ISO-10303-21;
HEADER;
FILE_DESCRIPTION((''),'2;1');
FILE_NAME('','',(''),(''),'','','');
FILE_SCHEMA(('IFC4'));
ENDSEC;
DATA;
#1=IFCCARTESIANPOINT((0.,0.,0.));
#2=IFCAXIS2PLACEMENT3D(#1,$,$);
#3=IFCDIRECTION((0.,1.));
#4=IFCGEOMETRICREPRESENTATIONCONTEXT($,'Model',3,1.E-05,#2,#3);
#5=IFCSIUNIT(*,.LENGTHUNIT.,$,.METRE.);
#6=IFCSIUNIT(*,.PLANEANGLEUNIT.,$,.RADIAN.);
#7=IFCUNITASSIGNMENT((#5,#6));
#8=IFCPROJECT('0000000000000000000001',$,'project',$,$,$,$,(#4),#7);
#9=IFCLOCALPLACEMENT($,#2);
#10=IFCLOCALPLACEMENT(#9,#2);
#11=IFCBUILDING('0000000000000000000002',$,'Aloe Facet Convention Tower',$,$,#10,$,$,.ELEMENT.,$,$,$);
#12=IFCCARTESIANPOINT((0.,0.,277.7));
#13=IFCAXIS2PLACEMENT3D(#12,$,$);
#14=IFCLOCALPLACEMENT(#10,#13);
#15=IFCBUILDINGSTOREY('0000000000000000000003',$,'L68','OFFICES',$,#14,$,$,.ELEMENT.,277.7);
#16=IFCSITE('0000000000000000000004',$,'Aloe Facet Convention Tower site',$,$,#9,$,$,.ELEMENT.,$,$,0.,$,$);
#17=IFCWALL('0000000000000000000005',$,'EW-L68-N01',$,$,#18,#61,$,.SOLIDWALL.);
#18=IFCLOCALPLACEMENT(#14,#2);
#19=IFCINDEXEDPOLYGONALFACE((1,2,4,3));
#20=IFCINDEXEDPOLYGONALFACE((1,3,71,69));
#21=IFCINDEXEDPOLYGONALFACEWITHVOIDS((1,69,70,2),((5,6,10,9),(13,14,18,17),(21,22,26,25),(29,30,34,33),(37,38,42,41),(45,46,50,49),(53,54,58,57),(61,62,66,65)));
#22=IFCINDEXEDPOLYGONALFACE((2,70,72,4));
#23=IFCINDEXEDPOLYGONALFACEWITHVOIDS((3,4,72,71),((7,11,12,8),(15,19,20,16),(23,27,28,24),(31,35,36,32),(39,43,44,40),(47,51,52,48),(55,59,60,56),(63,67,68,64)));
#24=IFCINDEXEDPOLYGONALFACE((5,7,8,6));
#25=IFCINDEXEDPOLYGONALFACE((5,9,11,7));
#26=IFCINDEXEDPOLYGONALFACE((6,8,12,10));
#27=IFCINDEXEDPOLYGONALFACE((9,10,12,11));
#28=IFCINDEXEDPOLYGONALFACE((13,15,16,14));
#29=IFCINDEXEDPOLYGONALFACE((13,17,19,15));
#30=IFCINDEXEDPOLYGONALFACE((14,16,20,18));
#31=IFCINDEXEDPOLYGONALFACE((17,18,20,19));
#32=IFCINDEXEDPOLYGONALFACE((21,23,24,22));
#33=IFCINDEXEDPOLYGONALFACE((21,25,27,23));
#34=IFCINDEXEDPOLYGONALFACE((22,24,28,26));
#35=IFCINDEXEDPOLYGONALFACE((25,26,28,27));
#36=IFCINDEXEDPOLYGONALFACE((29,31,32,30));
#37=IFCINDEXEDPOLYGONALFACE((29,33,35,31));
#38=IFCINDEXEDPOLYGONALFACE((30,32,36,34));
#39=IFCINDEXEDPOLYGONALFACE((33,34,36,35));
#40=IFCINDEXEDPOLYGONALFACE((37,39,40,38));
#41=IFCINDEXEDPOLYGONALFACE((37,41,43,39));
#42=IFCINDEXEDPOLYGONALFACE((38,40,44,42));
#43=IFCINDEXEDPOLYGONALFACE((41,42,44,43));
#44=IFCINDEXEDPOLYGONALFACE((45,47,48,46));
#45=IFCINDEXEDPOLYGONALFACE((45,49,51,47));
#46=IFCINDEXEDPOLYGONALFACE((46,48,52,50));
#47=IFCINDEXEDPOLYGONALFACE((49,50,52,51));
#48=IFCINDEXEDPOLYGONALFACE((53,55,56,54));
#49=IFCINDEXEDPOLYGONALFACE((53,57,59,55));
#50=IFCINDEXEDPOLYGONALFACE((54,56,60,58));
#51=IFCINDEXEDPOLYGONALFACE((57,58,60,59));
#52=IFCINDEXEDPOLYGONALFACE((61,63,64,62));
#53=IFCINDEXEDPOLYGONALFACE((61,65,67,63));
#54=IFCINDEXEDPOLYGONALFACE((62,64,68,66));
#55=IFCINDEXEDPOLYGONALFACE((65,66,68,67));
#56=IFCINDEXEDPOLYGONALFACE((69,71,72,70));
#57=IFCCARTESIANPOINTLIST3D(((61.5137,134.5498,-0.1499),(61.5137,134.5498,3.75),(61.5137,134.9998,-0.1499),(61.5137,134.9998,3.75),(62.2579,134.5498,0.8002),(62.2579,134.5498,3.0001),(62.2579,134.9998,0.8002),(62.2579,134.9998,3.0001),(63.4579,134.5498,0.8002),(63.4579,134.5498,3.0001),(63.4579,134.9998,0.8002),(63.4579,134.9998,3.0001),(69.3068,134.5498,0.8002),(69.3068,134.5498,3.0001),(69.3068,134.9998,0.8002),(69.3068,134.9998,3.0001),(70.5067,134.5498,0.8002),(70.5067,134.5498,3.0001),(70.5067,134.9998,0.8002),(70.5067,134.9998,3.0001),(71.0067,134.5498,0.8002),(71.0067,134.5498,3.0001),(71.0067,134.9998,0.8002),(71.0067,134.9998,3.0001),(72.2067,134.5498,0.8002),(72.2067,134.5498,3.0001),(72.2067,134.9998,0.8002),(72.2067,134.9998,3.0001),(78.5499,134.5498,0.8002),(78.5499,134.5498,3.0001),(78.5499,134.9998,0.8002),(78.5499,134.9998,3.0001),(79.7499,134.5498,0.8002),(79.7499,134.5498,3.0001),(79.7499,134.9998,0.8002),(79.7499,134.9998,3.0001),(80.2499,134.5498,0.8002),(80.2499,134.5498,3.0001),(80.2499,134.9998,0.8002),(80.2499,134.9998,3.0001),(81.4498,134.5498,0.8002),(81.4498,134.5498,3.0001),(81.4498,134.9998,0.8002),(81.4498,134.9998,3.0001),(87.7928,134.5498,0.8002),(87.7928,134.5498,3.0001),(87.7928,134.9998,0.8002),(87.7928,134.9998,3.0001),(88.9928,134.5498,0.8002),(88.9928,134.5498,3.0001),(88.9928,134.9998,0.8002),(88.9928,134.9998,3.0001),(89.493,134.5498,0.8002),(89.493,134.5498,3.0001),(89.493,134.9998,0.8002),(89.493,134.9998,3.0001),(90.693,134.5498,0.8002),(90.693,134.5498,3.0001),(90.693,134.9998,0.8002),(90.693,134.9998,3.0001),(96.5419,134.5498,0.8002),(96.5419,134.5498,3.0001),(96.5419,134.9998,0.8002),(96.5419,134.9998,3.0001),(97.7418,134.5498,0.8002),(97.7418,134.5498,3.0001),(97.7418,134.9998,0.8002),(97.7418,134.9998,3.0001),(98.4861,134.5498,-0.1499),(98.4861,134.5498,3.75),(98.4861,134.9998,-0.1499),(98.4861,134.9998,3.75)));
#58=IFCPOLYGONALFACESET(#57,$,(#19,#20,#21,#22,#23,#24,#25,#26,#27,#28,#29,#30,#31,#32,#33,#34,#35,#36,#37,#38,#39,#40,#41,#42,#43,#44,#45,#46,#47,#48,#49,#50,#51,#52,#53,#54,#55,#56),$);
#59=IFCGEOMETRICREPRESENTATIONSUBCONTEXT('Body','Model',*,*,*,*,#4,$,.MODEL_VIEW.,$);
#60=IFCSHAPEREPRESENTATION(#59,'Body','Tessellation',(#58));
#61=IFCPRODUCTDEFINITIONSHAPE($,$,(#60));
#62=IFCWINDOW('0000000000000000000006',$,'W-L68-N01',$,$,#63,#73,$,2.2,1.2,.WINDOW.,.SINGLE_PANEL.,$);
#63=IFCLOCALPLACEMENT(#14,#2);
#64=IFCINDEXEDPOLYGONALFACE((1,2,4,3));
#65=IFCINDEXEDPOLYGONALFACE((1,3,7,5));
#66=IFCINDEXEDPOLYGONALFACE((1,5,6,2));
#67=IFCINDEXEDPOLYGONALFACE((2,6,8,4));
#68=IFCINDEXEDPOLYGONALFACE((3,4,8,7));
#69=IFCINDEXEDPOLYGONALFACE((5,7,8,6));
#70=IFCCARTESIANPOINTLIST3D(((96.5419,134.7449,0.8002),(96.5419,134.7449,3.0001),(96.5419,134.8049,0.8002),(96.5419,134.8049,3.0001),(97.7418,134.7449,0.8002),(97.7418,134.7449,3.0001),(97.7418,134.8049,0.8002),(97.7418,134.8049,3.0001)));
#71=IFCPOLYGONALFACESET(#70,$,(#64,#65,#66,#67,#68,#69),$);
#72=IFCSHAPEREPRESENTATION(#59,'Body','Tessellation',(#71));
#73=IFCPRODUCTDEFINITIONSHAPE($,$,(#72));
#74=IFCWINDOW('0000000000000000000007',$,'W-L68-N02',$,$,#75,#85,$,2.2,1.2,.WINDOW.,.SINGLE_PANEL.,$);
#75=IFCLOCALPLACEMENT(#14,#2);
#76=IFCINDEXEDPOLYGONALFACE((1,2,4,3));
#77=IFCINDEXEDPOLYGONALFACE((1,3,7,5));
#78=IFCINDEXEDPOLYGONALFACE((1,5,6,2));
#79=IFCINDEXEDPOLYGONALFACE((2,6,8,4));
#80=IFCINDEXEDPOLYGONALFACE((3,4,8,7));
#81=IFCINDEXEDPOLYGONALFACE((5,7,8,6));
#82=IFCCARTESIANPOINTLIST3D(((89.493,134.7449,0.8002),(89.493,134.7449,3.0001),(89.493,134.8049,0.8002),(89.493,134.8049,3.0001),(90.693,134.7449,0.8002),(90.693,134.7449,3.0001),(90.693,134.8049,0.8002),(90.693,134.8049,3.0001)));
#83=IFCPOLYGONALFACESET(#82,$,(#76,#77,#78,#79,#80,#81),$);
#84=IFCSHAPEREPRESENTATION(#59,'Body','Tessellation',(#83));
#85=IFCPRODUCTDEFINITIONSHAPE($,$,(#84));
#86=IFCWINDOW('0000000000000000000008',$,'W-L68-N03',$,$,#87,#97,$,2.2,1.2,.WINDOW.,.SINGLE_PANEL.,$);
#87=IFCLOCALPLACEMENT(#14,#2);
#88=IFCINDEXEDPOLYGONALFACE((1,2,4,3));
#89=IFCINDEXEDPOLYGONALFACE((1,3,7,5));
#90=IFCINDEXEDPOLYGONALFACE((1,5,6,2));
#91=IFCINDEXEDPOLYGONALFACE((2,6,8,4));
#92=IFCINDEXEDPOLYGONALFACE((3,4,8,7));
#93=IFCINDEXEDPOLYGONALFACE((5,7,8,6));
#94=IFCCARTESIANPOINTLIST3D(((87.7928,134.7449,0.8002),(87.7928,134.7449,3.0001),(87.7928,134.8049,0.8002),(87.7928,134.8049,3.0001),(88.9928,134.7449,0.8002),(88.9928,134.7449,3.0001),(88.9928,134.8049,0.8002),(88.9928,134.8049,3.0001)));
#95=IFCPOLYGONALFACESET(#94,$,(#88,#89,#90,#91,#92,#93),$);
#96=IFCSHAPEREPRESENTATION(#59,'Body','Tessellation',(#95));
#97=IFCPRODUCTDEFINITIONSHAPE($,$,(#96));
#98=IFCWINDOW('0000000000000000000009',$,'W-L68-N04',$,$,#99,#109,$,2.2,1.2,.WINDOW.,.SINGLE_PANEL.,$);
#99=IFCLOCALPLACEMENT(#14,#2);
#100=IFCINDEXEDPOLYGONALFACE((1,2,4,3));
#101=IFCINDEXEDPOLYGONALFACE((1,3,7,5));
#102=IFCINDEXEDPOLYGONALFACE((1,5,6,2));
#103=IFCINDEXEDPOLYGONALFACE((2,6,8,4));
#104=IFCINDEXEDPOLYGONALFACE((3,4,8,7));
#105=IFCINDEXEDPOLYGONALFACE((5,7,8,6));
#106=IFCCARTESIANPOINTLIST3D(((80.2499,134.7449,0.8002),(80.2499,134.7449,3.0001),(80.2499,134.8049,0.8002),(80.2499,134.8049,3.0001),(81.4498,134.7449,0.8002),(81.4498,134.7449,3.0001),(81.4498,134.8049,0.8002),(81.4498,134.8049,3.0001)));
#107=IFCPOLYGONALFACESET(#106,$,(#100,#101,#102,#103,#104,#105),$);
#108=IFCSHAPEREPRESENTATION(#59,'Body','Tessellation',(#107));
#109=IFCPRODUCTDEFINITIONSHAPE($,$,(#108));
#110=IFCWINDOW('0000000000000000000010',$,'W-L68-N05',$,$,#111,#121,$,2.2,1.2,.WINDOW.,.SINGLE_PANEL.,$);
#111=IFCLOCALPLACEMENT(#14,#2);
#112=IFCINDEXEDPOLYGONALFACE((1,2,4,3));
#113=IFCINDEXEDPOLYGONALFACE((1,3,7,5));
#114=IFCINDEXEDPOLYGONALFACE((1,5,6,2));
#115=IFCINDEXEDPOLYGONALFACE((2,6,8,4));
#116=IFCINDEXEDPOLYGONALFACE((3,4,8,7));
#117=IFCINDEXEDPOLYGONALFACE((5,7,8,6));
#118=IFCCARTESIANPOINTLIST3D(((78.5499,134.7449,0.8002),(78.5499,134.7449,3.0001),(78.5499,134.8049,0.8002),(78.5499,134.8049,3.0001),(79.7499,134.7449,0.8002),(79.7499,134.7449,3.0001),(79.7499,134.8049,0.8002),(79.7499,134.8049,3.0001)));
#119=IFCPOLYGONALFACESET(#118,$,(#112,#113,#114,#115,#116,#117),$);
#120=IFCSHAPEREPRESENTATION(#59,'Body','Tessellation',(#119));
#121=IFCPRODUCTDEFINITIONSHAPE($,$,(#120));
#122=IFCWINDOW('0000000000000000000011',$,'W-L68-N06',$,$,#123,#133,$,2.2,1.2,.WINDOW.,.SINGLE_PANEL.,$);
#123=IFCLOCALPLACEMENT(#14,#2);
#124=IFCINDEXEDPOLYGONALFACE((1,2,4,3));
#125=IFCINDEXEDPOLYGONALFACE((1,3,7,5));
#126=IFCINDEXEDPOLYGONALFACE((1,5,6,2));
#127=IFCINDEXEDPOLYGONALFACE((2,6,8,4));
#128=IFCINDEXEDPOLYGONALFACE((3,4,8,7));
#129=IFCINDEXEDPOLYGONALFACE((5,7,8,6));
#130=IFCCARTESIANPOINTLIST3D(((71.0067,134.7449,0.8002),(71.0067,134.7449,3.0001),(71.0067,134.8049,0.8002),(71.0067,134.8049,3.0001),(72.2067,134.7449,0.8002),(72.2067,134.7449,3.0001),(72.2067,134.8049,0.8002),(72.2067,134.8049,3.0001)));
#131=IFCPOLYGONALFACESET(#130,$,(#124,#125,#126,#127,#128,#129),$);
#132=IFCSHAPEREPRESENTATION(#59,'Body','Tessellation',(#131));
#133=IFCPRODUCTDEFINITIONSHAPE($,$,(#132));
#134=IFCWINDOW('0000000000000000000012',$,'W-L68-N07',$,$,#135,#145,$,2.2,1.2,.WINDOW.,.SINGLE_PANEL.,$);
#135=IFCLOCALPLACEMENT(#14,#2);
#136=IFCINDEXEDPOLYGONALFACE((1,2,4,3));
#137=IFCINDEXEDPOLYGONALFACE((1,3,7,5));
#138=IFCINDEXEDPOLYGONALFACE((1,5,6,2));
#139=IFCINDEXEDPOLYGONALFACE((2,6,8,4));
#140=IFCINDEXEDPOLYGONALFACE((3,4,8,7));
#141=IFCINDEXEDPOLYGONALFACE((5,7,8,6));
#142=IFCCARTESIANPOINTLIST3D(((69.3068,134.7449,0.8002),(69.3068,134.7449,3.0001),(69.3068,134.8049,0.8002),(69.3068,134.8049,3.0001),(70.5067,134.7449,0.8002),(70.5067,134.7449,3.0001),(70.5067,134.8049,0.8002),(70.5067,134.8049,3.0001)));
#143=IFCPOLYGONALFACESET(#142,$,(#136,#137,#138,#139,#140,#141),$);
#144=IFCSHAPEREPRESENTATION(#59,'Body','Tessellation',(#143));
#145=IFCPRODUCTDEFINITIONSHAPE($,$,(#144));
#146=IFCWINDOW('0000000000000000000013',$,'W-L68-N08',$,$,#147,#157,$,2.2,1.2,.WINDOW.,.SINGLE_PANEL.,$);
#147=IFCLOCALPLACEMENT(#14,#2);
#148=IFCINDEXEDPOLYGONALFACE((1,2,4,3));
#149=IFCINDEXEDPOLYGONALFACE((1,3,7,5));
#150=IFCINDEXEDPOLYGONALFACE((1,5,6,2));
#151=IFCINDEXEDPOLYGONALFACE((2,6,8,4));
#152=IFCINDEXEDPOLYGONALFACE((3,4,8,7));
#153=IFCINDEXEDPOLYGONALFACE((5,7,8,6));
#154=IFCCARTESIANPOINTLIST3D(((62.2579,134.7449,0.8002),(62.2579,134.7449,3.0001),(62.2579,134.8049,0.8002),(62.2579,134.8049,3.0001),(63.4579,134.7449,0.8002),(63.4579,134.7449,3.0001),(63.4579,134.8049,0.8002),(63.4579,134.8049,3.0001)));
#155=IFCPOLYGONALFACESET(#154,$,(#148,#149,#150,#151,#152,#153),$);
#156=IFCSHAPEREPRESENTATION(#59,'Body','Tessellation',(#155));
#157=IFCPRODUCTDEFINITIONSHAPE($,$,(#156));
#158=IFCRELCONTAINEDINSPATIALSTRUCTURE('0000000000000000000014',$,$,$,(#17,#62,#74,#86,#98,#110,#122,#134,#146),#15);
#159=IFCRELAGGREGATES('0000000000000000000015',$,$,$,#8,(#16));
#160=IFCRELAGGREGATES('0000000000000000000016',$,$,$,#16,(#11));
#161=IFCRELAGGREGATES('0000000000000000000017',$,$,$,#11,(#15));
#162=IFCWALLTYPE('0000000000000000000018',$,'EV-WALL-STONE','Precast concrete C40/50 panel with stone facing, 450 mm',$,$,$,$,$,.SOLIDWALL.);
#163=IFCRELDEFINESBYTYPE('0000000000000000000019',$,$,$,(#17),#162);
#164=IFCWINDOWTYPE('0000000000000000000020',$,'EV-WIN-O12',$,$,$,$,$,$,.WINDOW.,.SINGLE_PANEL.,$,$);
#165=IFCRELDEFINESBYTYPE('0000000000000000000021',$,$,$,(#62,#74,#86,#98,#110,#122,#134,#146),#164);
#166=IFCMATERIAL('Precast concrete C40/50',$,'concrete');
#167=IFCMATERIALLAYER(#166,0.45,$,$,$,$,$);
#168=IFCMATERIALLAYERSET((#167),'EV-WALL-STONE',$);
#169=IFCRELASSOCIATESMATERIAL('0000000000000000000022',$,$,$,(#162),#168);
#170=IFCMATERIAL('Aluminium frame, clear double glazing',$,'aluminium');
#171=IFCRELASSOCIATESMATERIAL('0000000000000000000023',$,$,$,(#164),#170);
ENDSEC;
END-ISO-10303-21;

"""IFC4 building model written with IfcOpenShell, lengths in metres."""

from ifc_helpers import new_model, si_unit, direction, frame, frame_2d, origin, place, context, subcontext, project, spatial, polyline, rectangle, outline, extrude, material, layer, layer_set, type_object, element, fill, save


model = new_model("IFC4")

# Units and contexts
model_context = context("Model", 3, precision=1e-05, world=origin(), true_north=direction((0.0, 1.0)))
body_context = subcontext(model_context, "Body", "Model", "MODEL_VIEW")
ifc_project = project(units=[si_unit("LENGTHUNIT", "METRE"), si_unit("PLANEANGLEUNIT", "RADIAN")], contexts=[model_context])

# Site, building, storey
site_placement = place(None, origin())
site = spatial("IfcSite", under=ifc_project, at=site_placement, Name="Aloe Facet Convention Tower site", CompositionType="ELEMENT", RefElevation=0.0)
building_placement = place(site_placement, origin())
building = spatial("IfcBuilding", under=site, at=building_placement, Name="Aloe Facet Convention Tower", CompositionType="ELEMENT")
storey_placement = place(building_placement, frame((0.0, 0.0, 277.7)))
storey = spatial("IfcBuildingStorey", under=building, at=storey_placement, Name="L68", Description="OFFICES", CompositionType="ELEMENT", Elevation=277.7)

# Wall, openings, windows
ifc_material_1 = material(Name="Precast concrete C40/50", Category="concrete")
ifc_layer_1 = layer(ifc_material_1, 0.45)
ifc_layer_set_1 = layer_set([ifc_layer_1], Name="EV-WALL-STONE")
wall_type_1 = type_object("IfcWallType", Name="EV-WALL-STONE", Description="Precast concrete C40/50 panel with stone facing, 450 mm", PredefinedType="SOLIDWALL", material=ifc_layer_set_1)
wall_1_placement = place(storey_placement, frame((98.4861, 134.7749, -0.1499), z_axis=(0.0, 0.0, 1.0), x_axis=(-1.0, 0.0, 0.0)))
wall_1 = element("IfcWall", 1, at=wall_1_placement, inside=storey, type_object=wall_type_1, Name="EW-L68-N01", PredefinedType="SOLIDWALL", context=body_context, shape_type="SweptSolid", body=[
    extrude(outline(polyline([(36.9724, 0.0), (36.9724, 3.8999), (0.0, 3.8999), (0.0, 0.0), (36.9724, 0.0)])), frame((0.0, 0.2251, 0.0), z_axis=(0.0, -1.0, 0.0), x_axis=(1.0, 0.0, 0.0)), (0.0, 0.0, 1.0), 0.45),
])
opening_1_placement = place(wall_1_placement, frame((0.7441, 0.0, 0.95)))
opening_1 = element("IfcOpeningElement", 2, at=opening_1_placement, cuts=wall_1, PredefinedType="OPENING", context=body_context, shape_type="SweptSolid", body=[
    extrude(rectangle(XDim=1.2, YDim=2.2, at=frame_2d((0.6001, 1.1001))), frame((0.0, 0.2349, 0.0), z_axis=(0.0, -1.0, 0.0), x_axis=(1.0, 0.0, 0.0)), (0.0, 0.0, 1.0), 0.47),
])
opening_2_placement = place(wall_1_placement, frame((7.793, 0.0, 0.95)))
opening_2 = element("IfcOpeningElement", 3, at=opening_2_placement, cuts=wall_1, PredefinedType="OPENING", context=body_context, shape_type="SweptSolid", body=[
    extrude(rectangle(XDim=1.2, YDim=2.2, at=frame_2d((0.6001, 1.1001))), frame((0.0, 0.2349, 0.0), z_axis=(0.0, -1.0, 0.0), x_axis=(1.0, 0.0, 0.0)), (0.0, 0.0, 1.0), 0.47),
])
opening_3_placement = place(wall_1_placement, frame((9.4932, 0.0, 0.95)))
opening_3 = element("IfcOpeningElement", 4, at=opening_3_placement, cuts=wall_1, PredefinedType="OPENING", context=body_context, shape_type="SweptSolid", body=[
    extrude(rectangle(XDim=1.2, YDim=2.2, at=frame_2d((0.6001, 1.1001))), frame((0.0, 0.2349, 0.0), z_axis=(0.0, -1.0, 0.0), x_axis=(1.0, 0.0, 0.0)), (0.0, 0.0, 1.0), 0.47),
])
opening_4_placement = place(wall_1_placement, frame((17.0361, 0.0, 0.95)))
opening_4 = element("IfcOpeningElement", 5, at=opening_4_placement, cuts=wall_1, PredefinedType="OPENING", context=body_context, shape_type="SweptSolid", body=[
    extrude(rectangle(XDim=1.2, YDim=2.2, at=frame_2d((0.6001, 1.1001))), frame((0.0, 0.2349, 0.0), z_axis=(0.0, -1.0, 0.0), x_axis=(1.0, 0.0, 0.0)), (0.0, 0.0, 1.0), 0.47),
])
opening_5_placement = place(wall_1_placement, frame((18.7361, 0.0, 0.95)))
opening_5 = element("IfcOpeningElement", 6, at=opening_5_placement, cuts=wall_1, PredefinedType="OPENING", context=body_context, shape_type="SweptSolid", body=[
    extrude(rectangle(XDim=1.2, YDim=2.2, at=frame_2d((0.6001, 1.1001))), frame((0.0, 0.2349, 0.0), z_axis=(0.0, -1.0, 0.0), x_axis=(1.0, 0.0, 0.0)), (0.0, 0.0, 1.0), 0.47),
])
opening_6_placement = place(wall_1_placement, frame((26.2793, 0.0, 0.95)))
opening_6 = element("IfcOpeningElement", 7, at=opening_6_placement, cuts=wall_1, PredefinedType="OPENING", context=body_context, shape_type="SweptSolid", body=[
    extrude(rectangle(XDim=1.2, YDim=2.2, at=frame_2d((0.6001, 1.1001))), frame((0.0, 0.2349, 0.0), z_axis=(0.0, -1.0, 0.0), x_axis=(1.0, 0.0, 0.0)), (0.0, 0.0, 1.0), 0.47),
])
opening_7_placement = place(wall_1_placement, frame((27.9792, 0.0, 0.95)))
opening_7 = element("IfcOpeningElement", 8, at=opening_7_placement, cuts=wall_1, PredefinedType="OPENING", context=body_context, shape_type="SweptSolid", body=[
    extrude(rectangle(XDim=1.2, YDim=2.2, at=frame_2d((0.6001, 1.1001))), frame((0.0, 0.2349, 0.0), z_axis=(0.0, -1.0, 0.0), x_axis=(1.0, 0.0, 0.0)), (0.0, 0.0, 1.0), 0.47),
])
opening_8_placement = place(wall_1_placement, frame((35.0281, 0.0, 0.95)))
opening_8 = element("IfcOpeningElement", 9, at=opening_8_placement, cuts=wall_1, PredefinedType="OPENING", context=body_context, shape_type="SweptSolid", body=[
    extrude(rectangle(XDim=1.2, YDim=2.2, at=frame_2d((0.6001, 1.1001))), frame((0.0, 0.2349, 0.0), z_axis=(0.0, -1.0, 0.0), x_axis=(1.0, 0.0, 0.0)), (0.0, 0.0, 1.0), 0.47),
])
ifc_material_2 = material(Name="Aluminium frame, clear double glazing", Category="aluminium")
window_type = type_object("IfcWindowType", Name="EV-WIN-O12", PartitioningType="SINGLE_PANEL", PredefinedType="WINDOW", material=ifc_material_2)
window_1_placement = place(opening_1_placement, origin())
window_1 = element("IfcWindow", 10, at=window_1_placement, inside=storey, type_object=window_type, Name="W-L68-N01", OverallHeight=2.2, OverallWidth=1.2, PartitioningType="SINGLE_PANEL", PredefinedType="WINDOW", context=body_context, shape_type="SweptSolid", body=[
    extrude(rectangle(XDim=1.2, YDim=2.2, at=frame_2d((0.6001, 1.1001))), frame((0.0, 0.03, 0.0), z_axis=(0.0, -1.0, 0.0), x_axis=(1.0, 0.0, 0.0)), (0.0, 0.0, 1.0), 0.0601),
])
fill(opening_1, window_1)
window_2_placement = place(opening_2_placement, origin())
window_2 = element("IfcWindow", 11, at=window_2_placement, inside=storey, type_object=window_type, Name="W-L68-N02", OverallHeight=2.2, OverallWidth=1.2, PartitioningType="SINGLE_PANEL", PredefinedType="WINDOW", context=body_context, shape_type="SweptSolid", body=[
    extrude(rectangle(XDim=1.2, YDim=2.2, at=frame_2d((0.6001, 1.1001))), frame((0.0, 0.03, 0.0), z_axis=(0.0, -1.0, 0.0), x_axis=(1.0, 0.0, 0.0)), (0.0, 0.0, 1.0), 0.0601),
])
fill(opening_2, window_2)
window_3_placement = place(opening_3_placement, origin())
window_3 = element("IfcWindow", 12, at=window_3_placement, inside=storey, type_object=window_type, Name="W-L68-N03", OverallHeight=2.2, OverallWidth=1.2, PartitioningType="SINGLE_PANEL", PredefinedType="WINDOW", context=body_context, shape_type="SweptSolid", body=[
    extrude(rectangle(XDim=1.2, YDim=2.2, at=frame_2d((0.6001, 1.1001))), frame((0.0, 0.03, 0.0), z_axis=(0.0, -1.0, 0.0), x_axis=(1.0, 0.0, 0.0)), (0.0, 0.0, 1.0), 0.0601),
])
fill(opening_3, window_3)
window_4_placement = place(opening_4_placement, origin())
window_4 = element("IfcWindow", 13, at=window_4_placement, inside=storey, type_object=window_type, Name="W-L68-N04", OverallHeight=2.2, OverallWidth=1.2, PartitioningType="SINGLE_PANEL", PredefinedType="WINDOW", context=body_context, shape_type="SweptSolid", body=[
    extrude(rectangle(XDim=1.2, YDim=2.2, at=frame_2d((0.6001, 1.1001))), frame((0.0, 0.03, 0.0), z_axis=(0.0, -1.0, 0.0), x_axis=(1.0, 0.0, 0.0)), (0.0, 0.0, 1.0), 0.0601),
])
fill(opening_4, window_4)
window_5_placement = place(opening_5_placement, origin())
window_5 = element("IfcWindow", 14, at=window_5_placement, inside=storey, type_object=window_type, Name="W-L68-N05", OverallHeight=2.2, OverallWidth=1.2, PartitioningType="SINGLE_PANEL", PredefinedType="WINDOW", context=body_context, shape_type="SweptSolid", body=[
    extrude(rectangle(XDim=1.2, YDim=2.2, at=frame_2d((0.6001, 1.1001))), frame((0.0, 0.03, 0.0), z_axis=(0.0, -1.0, 0.0), x_axis=(1.0, 0.0, 0.0)), (0.0, 0.0, 1.0), 0.0601),
])
fill(opening_5, window_5)
window_6_placement = place(opening_6_placement, origin())
window_6 = element("IfcWindow", 15, at=window_6_placement, inside=storey, type_object=window_type, Name="W-L68-N06", OverallHeight=2.2, OverallWidth=1.2, PartitioningType="SINGLE_PANEL", PredefinedType="WINDOW", context=body_context, shape_type="SweptSolid", body=[
    extrude(rectangle(XDim=1.2, YDim=2.2, at=frame_2d((0.6001, 1.1001))), frame((0.0, 0.03, 0.0), z_axis=(0.0, -1.0, 0.0), x_axis=(1.0, 0.0, 0.0)), (0.0, 0.0, 1.0), 0.0601),
])
fill(opening_6, window_6)
window_7_placement = place(opening_7_placement, origin())
window_7 = element("IfcWindow", 16, at=window_7_placement, inside=storey, type_object=window_type, Name="W-L68-N07", OverallHeight=2.2, OverallWidth=1.2, PartitioningType="SINGLE_PANEL", PredefinedType="WINDOW", context=body_context, shape_type="SweptSolid", body=[
    extrude(rectangle(XDim=1.2, YDim=2.2, at=frame_2d((0.6001, 1.1001))), frame((0.0, 0.03, 0.0), z_axis=(0.0, -1.0, 0.0), x_axis=(1.0, 0.0, 0.0)), (0.0, 0.0, 1.0), 0.0601),
])
fill(opening_7, window_7)
window_8_placement = place(opening_8_placement, origin())
window_8 = element("IfcWindow", 17, at=window_8_placement, inside=storey, type_object=window_type, Name="W-L68-N08", OverallHeight=2.2, OverallWidth=1.2, PartitioningType="SINGLE_PANEL", PredefinedType="WINDOW", context=body_context, shape_type="SweptSolid", body=[
    extrude(rectangle(XDim=1.2, YDim=2.2, at=frame_2d((0.6001, 1.1001))), frame((0.0, 0.03, 0.0), z_axis=(0.0, -1.0, 0.0), x_axis=(1.0, 0.0, 0.0)), (0.0, 0.0, 1.0), 0.0601),
])
fill(opening_8, window_8)

save(model, "model.ifc")
